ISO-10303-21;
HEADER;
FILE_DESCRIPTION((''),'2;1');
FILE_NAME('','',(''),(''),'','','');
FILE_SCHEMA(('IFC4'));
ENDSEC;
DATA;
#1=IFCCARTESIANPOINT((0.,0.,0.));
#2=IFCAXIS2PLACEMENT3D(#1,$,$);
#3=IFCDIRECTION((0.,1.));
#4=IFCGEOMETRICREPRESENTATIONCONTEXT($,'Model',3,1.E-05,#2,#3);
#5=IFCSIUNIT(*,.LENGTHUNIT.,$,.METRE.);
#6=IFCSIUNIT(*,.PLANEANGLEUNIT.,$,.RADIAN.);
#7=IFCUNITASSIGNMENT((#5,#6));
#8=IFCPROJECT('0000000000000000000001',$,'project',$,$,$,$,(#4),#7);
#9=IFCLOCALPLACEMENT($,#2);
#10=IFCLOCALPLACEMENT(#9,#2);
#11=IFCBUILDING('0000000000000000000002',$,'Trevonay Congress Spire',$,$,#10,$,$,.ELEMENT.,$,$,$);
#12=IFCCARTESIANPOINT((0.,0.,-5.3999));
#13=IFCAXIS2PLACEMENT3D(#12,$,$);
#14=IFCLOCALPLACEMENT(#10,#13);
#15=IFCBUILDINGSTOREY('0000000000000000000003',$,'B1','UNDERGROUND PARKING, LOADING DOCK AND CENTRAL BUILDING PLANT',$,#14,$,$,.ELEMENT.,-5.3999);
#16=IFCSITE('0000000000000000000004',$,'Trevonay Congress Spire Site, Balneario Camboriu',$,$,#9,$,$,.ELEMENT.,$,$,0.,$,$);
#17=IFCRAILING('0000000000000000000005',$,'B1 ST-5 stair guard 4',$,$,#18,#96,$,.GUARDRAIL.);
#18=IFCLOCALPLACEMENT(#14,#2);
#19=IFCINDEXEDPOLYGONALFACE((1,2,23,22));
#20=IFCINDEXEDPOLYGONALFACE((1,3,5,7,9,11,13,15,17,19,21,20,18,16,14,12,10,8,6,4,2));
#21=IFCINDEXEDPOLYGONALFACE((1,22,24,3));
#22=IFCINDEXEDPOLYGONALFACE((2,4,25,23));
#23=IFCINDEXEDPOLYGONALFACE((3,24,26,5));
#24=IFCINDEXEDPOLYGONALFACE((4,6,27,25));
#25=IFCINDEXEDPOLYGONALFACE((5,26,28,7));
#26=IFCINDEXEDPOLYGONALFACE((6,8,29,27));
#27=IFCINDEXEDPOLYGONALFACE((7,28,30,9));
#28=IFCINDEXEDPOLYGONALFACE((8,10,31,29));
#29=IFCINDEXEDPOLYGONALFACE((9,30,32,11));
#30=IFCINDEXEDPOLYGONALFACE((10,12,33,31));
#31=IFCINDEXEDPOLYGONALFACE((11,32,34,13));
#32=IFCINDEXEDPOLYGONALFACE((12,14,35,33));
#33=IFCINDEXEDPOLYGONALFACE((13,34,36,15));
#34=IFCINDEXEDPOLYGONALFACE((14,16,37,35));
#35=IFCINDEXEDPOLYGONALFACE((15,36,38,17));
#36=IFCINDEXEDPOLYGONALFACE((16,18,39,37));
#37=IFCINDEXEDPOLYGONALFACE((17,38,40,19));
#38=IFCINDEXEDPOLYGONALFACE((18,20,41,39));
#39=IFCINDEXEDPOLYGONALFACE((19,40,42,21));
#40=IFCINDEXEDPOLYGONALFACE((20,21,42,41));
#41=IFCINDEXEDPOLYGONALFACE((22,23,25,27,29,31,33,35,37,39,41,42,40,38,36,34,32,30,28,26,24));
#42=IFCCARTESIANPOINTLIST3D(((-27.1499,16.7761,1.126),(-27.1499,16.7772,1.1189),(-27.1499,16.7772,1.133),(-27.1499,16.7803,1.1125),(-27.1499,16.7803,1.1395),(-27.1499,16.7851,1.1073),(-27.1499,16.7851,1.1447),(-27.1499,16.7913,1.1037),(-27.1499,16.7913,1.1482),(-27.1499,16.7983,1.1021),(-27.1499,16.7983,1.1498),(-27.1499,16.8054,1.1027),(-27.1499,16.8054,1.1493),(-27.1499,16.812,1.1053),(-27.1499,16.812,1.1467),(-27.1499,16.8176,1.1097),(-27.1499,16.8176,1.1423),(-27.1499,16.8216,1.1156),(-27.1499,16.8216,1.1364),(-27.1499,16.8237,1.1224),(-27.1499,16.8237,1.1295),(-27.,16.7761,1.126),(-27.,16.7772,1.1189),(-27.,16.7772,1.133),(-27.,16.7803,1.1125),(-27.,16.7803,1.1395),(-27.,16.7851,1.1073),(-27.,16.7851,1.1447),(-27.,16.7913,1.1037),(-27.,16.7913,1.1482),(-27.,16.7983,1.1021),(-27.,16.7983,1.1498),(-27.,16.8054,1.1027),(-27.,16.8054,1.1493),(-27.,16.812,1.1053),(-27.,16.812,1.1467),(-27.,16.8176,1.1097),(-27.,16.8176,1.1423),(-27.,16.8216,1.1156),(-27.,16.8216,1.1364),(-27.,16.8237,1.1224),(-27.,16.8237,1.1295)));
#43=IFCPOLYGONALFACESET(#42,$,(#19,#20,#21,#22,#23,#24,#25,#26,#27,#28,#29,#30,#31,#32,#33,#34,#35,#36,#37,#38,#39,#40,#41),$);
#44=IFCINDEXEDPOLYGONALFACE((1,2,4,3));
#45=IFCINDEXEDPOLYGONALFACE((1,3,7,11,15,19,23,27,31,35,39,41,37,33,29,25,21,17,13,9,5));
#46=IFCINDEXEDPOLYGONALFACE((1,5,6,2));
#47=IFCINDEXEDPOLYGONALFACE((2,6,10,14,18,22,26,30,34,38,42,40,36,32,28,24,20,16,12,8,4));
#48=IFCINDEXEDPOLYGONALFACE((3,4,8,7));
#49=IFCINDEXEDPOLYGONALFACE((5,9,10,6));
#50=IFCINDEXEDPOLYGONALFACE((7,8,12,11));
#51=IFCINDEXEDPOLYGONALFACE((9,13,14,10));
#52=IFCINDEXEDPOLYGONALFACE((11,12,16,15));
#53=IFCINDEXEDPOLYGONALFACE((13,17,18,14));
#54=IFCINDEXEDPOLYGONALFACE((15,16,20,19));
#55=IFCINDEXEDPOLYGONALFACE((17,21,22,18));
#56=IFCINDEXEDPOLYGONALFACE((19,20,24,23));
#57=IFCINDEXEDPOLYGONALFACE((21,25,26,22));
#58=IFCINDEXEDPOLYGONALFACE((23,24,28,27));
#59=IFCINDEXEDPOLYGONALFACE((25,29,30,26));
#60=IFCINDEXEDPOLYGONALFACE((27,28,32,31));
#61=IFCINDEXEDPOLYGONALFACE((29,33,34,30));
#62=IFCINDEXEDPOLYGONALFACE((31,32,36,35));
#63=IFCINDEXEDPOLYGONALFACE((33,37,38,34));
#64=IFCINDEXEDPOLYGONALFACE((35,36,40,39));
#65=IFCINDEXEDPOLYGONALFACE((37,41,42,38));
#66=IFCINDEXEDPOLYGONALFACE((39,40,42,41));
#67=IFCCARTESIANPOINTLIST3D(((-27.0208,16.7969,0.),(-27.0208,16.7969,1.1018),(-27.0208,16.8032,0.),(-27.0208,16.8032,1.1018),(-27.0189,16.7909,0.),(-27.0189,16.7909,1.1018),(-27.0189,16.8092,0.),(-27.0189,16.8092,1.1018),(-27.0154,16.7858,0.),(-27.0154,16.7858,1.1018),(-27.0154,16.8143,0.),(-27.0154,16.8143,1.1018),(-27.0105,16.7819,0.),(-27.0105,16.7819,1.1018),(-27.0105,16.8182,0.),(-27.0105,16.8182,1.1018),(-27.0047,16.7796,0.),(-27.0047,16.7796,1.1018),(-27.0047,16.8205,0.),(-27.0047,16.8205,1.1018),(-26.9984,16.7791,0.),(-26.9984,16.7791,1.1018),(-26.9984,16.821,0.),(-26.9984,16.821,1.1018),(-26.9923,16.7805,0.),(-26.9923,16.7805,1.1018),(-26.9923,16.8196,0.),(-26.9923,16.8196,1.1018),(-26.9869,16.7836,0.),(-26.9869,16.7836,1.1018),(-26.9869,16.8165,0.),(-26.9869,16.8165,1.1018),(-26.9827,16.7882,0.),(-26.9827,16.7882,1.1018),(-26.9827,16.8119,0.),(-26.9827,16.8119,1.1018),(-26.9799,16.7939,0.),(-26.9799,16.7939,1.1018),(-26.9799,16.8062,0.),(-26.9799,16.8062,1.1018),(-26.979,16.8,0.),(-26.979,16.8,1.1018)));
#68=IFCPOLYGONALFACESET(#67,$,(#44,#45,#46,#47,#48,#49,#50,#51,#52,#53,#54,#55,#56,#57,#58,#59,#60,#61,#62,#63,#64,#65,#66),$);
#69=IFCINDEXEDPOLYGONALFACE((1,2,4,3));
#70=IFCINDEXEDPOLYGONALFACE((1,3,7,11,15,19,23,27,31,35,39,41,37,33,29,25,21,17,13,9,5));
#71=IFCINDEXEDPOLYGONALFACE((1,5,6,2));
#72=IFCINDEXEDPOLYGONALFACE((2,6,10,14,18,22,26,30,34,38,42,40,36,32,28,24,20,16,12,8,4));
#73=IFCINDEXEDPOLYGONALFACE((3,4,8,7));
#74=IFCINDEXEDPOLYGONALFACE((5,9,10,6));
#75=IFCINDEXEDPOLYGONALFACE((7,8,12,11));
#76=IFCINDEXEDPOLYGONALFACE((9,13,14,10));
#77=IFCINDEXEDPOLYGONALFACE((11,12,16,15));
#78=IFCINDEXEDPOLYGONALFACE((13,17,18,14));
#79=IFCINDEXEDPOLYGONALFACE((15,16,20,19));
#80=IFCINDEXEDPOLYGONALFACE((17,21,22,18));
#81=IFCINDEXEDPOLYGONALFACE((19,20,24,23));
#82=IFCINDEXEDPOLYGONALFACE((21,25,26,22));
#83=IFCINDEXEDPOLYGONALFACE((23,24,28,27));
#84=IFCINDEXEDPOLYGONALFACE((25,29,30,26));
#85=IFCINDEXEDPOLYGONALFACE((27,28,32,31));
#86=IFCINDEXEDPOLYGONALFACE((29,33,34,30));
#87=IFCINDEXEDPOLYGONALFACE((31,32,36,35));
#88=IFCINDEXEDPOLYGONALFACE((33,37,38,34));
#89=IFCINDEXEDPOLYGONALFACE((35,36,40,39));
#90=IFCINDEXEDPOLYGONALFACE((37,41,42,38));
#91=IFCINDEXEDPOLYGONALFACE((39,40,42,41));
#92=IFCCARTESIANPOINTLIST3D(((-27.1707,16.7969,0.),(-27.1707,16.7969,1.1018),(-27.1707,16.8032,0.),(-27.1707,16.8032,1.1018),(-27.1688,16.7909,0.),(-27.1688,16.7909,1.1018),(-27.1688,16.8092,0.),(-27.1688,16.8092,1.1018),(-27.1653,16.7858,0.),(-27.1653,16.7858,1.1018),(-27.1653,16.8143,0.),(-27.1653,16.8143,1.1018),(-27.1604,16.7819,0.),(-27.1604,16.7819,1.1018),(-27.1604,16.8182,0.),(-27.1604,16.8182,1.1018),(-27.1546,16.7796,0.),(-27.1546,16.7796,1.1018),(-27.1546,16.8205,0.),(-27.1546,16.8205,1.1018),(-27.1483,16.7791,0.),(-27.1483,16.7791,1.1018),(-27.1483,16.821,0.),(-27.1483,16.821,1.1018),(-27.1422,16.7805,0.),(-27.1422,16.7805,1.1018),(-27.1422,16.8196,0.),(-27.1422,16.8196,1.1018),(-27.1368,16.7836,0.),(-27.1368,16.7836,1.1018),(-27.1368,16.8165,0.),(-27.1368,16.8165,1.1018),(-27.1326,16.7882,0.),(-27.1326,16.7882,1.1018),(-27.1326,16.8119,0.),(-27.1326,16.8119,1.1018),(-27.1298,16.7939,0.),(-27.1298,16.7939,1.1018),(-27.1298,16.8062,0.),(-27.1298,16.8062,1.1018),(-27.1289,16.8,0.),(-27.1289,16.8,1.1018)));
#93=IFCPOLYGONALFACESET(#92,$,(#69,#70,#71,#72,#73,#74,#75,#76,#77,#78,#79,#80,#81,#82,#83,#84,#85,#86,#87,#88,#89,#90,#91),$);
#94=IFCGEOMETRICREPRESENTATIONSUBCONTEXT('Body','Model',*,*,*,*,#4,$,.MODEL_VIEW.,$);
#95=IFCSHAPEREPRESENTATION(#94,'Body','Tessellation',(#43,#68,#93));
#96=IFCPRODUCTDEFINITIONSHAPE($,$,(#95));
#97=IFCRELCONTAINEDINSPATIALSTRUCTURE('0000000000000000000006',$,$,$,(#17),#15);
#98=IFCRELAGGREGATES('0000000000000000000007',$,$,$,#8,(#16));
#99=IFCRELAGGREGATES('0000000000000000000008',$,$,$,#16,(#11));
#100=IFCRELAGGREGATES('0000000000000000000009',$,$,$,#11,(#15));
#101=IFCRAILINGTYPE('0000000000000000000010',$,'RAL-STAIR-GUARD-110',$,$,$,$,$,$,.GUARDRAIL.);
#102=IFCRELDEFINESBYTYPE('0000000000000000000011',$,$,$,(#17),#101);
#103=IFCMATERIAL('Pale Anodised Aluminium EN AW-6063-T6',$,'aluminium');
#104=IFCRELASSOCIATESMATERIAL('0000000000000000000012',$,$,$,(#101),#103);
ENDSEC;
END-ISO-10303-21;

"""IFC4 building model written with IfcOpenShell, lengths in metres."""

from ifc_helpers import new_model, si_unit, direction, frame, origin, origin_2d, place, context, subcontext, project, spatial, circle, extrude, material, type_object, element, save


model = new_model("IFC4")

# Units and contexts
model_context = context("Model", 3, precision=1e-05, world=origin(), true_north=direction((0.0, 1.0)))
body_context = subcontext(model_context, "Body", "Model", "MODEL_VIEW")
ifc_project = project(units=[si_unit("LENGTHUNIT", "METRE"), si_unit("PLANEANGLEUNIT", "RADIAN")], contexts=[model_context])

# Site, building, storey
site_placement = place(None, origin())
site = spatial("IfcSite", under=ifc_project, at=site_placement, Name="Trevonay Congress Spire Site, Balneario Camboriu", CompositionType="ELEMENT", RefElevation=0.0)
building_placement = place(site_placement, origin())
building = spatial("IfcBuilding", under=site, at=building_placement, Name="Trevonay Congress Spire", CompositionType="ELEMENT")
storey_placement = place(building_placement, frame((0.0, 0.0, -5.3999)))
storey = spatial("IfcBuildingStorey", under=building, at=storey_placement, Name="B1", Description="UNDERGROUND PARKING, LOADING DOCK AND CENTRAL BUILDING PLANT", CompositionType="ELEMENT", Elevation=-5.3999)

# Railing
ifc_material_1 = material(Name="Pale Anodised Aluminium EN AW-6063-T6", Category="aluminium")
railing_type_1 = type_object("IfcRailingType", Name="RAL-STAIR-GUARD-110", PredefinedType="GUARDRAIL", material=ifc_material_1)
railing_1_placement = place(storey_placement, frame((-27.0, 16.8, 0.0)))
element("IfcRailing", 1, at=railing_1_placement, inside=storey, type_object=railing_type_1, Name="B1 ST-5 stair guard 4", PredefinedType="GUARDRAIL", context=body_context, shape_type="SweptSolid", body=[
    extrude(circle(Radius=0.0239, at=origin_2d()), frame((0.0, 0.0, 1.126), z_axis=(-1.0, 0.0, 0.0), x_axis=(0.0, -1.0, 0.0)), (0.0, 0.0, 1.0), 0.1499),
    extrude(circle(Radius=0.021, at=origin_2d()), origin(), (0.0, 0.0, 1.0), 1.1018),
    extrude(circle(Radius=0.021, at=origin_2d()), frame((-0.1499, 0.0, 0.0)), (0.0, 0.0, 1.0), 1.1018),
])

save(model, "model.ifc")
